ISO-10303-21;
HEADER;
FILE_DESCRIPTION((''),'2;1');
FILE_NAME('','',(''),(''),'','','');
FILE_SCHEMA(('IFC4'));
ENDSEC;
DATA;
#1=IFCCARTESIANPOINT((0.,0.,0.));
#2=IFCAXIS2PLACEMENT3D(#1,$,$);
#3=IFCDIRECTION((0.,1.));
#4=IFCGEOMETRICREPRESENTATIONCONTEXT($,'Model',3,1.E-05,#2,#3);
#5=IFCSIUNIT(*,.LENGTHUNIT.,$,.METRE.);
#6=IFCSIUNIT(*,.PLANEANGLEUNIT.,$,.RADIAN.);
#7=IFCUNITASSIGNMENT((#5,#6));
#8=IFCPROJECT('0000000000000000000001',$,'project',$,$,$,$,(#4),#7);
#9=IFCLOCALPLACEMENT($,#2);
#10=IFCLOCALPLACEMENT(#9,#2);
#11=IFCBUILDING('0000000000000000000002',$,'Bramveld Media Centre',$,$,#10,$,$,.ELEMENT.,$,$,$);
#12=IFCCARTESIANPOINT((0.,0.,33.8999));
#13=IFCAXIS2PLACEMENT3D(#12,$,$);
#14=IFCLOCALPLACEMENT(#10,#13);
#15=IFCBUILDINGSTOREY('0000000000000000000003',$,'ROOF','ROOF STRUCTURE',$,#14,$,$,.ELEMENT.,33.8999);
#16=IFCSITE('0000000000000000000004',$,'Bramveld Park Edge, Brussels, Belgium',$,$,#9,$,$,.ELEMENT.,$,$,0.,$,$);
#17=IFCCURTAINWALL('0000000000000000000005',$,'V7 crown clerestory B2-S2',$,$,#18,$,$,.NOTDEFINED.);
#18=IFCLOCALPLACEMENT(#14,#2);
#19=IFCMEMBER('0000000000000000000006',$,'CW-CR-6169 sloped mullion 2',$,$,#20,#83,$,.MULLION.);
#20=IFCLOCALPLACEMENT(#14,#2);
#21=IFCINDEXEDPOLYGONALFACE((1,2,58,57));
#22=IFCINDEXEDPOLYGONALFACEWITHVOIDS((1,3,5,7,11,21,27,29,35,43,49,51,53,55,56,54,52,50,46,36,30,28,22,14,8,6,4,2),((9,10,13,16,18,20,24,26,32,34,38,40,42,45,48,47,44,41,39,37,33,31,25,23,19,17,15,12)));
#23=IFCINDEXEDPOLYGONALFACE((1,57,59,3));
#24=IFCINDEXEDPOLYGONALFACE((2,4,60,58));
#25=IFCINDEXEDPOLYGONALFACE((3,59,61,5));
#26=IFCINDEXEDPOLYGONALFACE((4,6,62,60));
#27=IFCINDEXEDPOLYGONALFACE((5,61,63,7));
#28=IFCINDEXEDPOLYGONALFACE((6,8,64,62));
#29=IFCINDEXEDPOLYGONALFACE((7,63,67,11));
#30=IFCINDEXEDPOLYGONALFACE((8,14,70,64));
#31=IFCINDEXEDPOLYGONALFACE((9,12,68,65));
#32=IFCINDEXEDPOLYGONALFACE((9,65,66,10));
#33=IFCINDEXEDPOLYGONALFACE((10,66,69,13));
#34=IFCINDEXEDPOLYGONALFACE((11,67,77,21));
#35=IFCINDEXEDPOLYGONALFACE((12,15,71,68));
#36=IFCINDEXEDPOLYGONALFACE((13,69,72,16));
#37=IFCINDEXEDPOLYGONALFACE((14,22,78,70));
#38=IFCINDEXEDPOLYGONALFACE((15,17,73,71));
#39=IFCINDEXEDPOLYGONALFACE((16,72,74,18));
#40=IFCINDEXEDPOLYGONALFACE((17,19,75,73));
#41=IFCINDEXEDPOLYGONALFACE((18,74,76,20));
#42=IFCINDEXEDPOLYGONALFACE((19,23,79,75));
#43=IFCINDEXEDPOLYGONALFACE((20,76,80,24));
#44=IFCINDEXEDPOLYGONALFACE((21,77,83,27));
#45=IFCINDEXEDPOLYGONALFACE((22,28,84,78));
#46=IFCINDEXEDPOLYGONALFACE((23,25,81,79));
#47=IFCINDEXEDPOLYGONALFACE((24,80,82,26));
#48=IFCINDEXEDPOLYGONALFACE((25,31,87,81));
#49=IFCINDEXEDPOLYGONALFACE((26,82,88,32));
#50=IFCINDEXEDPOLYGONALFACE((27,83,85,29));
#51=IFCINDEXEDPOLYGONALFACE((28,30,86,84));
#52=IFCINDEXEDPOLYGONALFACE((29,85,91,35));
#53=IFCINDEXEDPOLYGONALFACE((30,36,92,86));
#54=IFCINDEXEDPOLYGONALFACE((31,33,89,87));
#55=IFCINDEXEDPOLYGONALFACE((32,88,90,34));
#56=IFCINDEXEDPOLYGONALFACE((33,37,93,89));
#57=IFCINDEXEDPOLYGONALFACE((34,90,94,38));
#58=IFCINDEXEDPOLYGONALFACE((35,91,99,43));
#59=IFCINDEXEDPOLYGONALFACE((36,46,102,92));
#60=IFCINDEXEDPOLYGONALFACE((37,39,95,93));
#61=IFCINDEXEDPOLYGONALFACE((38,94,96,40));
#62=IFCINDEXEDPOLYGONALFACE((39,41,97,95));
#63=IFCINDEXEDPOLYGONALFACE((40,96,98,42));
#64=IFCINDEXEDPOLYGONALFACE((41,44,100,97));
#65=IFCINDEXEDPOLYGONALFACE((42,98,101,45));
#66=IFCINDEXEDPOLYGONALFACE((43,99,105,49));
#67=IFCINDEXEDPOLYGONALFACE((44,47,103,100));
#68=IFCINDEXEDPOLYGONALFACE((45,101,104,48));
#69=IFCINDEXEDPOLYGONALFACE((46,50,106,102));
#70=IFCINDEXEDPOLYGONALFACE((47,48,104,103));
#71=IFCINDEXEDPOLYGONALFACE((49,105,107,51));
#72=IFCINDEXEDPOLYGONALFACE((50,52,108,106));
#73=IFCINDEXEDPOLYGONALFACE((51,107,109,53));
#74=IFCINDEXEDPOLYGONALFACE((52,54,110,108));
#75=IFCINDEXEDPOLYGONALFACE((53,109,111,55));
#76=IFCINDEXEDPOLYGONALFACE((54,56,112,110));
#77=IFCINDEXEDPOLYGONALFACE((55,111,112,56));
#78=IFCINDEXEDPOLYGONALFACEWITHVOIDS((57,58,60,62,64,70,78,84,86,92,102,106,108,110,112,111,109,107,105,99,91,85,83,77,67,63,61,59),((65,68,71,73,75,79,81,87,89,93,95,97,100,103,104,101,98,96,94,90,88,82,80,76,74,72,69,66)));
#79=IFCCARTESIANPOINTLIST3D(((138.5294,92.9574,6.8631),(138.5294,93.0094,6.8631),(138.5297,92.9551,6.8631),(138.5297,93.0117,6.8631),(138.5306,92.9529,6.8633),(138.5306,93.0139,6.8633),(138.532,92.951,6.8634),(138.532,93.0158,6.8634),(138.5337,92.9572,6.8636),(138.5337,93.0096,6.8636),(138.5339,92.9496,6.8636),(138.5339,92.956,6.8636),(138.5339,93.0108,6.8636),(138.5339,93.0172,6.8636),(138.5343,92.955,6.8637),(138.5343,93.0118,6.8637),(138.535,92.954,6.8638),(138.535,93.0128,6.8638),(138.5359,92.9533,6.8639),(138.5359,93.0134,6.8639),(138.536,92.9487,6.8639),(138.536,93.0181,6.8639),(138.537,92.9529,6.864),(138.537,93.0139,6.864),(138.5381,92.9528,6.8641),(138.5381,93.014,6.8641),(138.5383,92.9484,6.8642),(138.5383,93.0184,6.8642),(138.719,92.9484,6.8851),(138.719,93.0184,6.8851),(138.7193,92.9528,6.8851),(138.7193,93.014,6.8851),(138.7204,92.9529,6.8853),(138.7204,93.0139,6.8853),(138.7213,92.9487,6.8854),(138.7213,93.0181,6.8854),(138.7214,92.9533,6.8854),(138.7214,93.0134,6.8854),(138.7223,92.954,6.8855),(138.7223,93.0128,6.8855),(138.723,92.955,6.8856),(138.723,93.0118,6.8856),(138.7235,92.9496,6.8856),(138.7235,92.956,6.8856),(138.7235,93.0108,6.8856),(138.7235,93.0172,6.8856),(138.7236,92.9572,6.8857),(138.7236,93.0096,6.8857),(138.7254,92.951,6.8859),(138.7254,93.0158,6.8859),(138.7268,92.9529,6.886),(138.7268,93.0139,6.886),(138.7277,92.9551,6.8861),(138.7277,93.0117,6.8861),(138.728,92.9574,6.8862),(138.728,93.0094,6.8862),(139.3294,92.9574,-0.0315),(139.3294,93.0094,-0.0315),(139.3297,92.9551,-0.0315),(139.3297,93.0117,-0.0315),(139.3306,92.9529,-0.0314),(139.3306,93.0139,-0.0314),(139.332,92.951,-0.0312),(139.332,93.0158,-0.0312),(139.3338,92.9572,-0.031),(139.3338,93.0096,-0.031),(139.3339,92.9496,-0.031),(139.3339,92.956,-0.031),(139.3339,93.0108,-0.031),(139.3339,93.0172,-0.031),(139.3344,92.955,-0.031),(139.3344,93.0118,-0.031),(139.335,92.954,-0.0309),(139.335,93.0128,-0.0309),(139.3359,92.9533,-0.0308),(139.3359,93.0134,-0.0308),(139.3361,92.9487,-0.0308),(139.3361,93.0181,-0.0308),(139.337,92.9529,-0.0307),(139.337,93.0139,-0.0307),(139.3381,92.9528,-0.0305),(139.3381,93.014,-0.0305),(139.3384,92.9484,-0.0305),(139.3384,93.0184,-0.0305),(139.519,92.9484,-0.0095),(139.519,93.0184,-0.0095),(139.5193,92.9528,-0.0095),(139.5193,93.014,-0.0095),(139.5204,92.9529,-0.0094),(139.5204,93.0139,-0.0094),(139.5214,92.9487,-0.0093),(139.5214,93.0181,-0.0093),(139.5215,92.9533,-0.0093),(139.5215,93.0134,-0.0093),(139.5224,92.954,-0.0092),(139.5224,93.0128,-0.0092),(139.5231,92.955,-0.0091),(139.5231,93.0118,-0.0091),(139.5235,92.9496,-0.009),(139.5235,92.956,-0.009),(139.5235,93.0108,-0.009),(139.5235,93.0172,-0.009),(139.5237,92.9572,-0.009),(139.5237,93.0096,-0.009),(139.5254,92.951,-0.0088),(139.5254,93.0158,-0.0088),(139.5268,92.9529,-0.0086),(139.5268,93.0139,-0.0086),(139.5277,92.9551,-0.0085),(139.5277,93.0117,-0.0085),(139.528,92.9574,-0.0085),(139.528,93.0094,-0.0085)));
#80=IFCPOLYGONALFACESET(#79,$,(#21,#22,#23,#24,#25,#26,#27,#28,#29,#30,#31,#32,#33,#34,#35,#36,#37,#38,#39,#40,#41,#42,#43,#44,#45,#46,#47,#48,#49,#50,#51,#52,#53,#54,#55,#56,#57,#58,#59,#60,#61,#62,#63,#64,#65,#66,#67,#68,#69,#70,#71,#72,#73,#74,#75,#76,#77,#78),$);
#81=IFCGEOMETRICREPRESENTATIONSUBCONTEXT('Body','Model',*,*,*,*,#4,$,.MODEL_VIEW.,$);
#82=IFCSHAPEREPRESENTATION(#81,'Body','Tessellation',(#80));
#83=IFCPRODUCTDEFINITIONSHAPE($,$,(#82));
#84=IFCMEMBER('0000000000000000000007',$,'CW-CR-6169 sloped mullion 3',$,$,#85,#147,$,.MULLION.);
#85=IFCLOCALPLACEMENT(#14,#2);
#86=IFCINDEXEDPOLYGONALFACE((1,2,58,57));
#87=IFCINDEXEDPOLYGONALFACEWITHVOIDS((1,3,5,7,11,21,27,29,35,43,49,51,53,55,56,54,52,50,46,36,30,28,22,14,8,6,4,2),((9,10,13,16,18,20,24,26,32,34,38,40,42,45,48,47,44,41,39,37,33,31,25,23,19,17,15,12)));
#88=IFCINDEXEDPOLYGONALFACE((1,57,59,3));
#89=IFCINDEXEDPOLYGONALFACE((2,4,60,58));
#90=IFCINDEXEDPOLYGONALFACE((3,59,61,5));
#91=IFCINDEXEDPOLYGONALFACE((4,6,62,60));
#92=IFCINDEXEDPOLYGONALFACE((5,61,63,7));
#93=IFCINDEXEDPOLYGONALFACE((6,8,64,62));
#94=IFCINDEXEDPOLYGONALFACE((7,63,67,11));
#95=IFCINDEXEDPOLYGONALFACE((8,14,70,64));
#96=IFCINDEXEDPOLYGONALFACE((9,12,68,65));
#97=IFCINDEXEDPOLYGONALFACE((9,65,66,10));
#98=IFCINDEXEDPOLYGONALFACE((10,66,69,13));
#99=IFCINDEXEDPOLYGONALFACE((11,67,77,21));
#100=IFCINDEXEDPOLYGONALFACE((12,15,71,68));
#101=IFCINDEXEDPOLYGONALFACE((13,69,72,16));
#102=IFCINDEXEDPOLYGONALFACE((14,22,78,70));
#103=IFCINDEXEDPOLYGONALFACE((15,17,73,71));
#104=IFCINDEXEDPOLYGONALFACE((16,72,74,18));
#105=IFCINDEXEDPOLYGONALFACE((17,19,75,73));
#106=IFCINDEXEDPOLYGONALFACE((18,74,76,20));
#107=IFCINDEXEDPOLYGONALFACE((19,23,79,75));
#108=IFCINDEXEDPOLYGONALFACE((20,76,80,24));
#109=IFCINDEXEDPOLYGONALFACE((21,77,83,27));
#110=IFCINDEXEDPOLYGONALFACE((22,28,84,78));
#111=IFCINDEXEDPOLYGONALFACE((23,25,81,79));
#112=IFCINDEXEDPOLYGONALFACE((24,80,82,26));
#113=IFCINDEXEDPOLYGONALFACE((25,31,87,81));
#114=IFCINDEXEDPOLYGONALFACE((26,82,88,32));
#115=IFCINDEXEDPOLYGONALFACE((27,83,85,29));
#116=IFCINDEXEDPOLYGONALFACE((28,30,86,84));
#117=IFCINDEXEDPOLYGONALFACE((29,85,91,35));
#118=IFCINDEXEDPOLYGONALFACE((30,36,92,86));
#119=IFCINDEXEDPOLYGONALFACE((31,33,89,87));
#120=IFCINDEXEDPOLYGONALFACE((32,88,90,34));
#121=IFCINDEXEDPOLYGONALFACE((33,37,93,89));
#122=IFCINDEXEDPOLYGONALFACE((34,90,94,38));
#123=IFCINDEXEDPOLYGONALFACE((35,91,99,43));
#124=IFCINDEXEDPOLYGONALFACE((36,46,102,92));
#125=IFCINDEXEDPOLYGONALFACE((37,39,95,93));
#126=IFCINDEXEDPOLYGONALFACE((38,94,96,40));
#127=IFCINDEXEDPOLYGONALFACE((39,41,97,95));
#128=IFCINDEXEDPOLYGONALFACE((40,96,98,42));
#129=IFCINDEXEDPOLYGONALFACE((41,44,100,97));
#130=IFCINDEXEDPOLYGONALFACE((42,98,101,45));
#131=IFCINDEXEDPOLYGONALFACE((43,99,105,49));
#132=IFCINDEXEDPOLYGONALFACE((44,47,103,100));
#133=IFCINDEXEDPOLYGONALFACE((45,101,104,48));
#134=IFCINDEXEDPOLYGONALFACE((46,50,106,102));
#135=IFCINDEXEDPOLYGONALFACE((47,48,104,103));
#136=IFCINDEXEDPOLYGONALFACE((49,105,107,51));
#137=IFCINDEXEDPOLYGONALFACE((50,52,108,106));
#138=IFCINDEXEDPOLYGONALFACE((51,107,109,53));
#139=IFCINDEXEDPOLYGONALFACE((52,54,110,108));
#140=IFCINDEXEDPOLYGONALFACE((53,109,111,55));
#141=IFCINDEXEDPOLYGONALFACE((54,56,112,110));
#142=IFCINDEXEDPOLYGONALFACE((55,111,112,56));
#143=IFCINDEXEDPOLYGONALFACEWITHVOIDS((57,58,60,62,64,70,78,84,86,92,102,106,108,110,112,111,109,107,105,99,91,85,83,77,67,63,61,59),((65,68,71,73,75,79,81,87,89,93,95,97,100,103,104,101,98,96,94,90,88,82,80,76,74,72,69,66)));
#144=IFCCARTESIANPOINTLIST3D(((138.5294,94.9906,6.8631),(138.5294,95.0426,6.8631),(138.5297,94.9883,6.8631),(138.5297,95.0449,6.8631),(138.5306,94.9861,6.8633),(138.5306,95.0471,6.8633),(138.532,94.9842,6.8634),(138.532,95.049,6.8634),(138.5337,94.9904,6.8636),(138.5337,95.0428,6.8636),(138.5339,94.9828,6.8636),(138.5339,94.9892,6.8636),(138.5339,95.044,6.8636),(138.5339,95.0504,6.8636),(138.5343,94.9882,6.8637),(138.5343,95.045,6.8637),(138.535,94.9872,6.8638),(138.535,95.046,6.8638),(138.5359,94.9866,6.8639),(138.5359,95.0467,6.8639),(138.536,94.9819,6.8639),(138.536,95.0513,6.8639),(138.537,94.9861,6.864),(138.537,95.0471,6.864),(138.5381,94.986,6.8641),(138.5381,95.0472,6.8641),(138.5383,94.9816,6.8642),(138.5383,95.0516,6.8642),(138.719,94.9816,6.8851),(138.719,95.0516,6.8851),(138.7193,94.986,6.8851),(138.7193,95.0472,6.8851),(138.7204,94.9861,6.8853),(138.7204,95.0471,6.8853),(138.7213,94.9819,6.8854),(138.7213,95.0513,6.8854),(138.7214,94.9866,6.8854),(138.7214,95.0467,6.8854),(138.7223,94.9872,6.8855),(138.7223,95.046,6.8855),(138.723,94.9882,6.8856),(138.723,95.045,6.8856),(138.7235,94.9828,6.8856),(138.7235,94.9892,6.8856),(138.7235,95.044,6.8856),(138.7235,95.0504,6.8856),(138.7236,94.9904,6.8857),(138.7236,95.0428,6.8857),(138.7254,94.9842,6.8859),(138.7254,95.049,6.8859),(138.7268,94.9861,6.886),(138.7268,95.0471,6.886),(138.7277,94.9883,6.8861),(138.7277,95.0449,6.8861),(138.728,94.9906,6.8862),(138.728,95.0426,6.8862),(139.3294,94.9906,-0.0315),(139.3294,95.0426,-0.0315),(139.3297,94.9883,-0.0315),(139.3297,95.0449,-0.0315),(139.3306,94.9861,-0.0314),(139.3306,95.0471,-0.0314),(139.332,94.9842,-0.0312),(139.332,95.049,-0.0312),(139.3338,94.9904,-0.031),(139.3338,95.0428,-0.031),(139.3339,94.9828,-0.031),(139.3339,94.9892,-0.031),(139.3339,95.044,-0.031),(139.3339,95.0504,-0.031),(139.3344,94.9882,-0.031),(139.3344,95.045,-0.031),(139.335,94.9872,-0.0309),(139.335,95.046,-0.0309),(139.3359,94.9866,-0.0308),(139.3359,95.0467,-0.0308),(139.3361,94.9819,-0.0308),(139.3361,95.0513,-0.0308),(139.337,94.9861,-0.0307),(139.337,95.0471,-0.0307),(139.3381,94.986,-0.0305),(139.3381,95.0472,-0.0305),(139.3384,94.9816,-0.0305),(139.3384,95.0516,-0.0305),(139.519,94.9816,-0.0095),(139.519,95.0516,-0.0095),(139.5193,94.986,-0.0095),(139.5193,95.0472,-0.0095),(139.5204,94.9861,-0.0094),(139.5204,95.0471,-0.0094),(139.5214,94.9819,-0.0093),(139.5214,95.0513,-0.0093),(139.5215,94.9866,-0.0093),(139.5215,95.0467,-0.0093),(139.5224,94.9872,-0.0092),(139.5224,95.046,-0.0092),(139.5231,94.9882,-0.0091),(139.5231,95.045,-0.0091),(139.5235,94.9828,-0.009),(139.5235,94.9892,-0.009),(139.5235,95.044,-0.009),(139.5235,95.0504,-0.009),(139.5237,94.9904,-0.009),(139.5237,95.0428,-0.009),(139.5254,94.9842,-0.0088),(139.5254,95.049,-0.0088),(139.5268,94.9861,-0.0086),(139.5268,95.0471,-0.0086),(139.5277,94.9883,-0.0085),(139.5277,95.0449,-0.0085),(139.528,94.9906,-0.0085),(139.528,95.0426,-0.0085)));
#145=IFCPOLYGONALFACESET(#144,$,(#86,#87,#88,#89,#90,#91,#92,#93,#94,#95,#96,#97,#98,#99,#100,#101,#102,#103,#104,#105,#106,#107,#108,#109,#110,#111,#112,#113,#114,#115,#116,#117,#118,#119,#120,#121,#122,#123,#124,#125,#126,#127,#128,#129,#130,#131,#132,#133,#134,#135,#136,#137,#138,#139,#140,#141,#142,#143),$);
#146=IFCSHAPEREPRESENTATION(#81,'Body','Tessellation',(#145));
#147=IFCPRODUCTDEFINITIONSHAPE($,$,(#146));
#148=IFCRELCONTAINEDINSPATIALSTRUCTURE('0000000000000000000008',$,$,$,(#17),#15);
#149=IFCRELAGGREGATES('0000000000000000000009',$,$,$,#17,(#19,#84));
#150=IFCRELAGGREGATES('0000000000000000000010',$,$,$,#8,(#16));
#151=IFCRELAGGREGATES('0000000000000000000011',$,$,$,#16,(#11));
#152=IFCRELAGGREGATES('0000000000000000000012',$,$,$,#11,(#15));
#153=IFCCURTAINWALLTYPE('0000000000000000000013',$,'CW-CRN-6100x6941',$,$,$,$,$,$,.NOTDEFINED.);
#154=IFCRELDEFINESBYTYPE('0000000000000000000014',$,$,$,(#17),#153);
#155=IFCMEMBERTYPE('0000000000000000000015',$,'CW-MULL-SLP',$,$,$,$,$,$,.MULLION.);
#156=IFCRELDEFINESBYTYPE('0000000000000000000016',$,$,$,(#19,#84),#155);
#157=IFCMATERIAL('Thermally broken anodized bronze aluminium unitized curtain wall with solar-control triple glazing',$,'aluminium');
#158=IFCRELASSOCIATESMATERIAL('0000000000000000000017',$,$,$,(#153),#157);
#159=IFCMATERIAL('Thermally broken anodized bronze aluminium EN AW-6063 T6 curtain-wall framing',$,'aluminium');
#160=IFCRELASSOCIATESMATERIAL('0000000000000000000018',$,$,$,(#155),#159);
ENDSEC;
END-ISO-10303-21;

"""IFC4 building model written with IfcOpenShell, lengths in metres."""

from ifc_helpers import new_model, si_unit, direction, frame, origin, origin_2d, place, context, subcontext, project, spatial, hollow_rectangle, extrude, material, material_profile, profile_set, type_object, element, aggregate, save


model = new_model("IFC4")

# Units and contexts
model_context = context("Model", 3, precision=1e-05, world=origin(), true_north=direction((0.0, 1.0)))
body_context = subcontext(model_context, "Body", "Model", "MODEL_VIEW")
ifc_project = project(units=[si_unit("LENGTHUNIT", "METRE"), si_unit("PLANEANGLEUNIT", "RADIAN")], contexts=[model_context])

# Site, building, storey
site_placement = place(None, origin())
site = spatial("IfcSite", under=ifc_project, at=site_placement, Name="Bramveld Park Edge, Brussels, Belgium", CompositionType="ELEMENT", RefElevation=0.0)
building_placement = place(site_placement, origin())
building = spatial("IfcBuilding", under=site, at=building_placement, Name="Bramveld Media Centre", CompositionType="ELEMENT")
storey_placement = place(building_placement, frame((0.0, 0.0, 33.8999)))
storey = spatial("IfcBuildingStorey", under=building, at=storey_placement, Name="ROOF", Description="ROOF STRUCTURE", CompositionType="ELEMENT", Elevation=33.8999)

# Curtain wall, members
ifc_material_1 = material(Name="Thermally broken anodized bronze aluminium unitized curtain wall with solar-control triple glazing", Category="aluminium")
curtain_wall_type = type_object("IfcCurtainWallType", Name="CW-CRN-6100x6941", PredefinedType="NOTDEFINED", material=ifc_material_1)
curtain_wall_1_placement = place(storey_placement, origin())
curtain_wall_1 = element("IfcCurtainWall", 1, at=curtain_wall_1_placement, inside=storey, type_object=curtain_wall_type, Name="V7 crown clerestory B2-S2", PredefinedType="NOTDEFINED")
ifc_material_2 = material(Name="Thermally broken anodized bronze aluminium EN AW-6063 T6 curtain-wall framing", Category="aluminium")
ifc_material_profile_1 = material_profile(ifc_material_2, hollow_rectangle(XDim=0.0701, YDim=0.2, WallThickness=0.0044, InnerFilletRadius=0.0044, OuterFilletRadius=0.009, at=origin_2d()), Name="AL-MULL 70x200")
ifc_profile_set_1 = profile_set([ifc_material_profile_1], Name="Thermally broken anodized bronze aluminium EN AW-6063 T6 curtain-wall framing")
member_type_1 = type_object("IfcMemberType", Name="CW-MULL-SLP", PredefinedType="MULLION", material=ifc_profile_set_1)
member_1_placement = place(storey_placement, frame((139.4287, 92.9834, -0.02), z_axis=(-0.115264, 0.0, 0.993335), x_axis=(0.0, -1.0, 0.0)))
member_1 = element("IfcMember", 2, at=member_1_placement, type_object=member_type_1, Name="CW-CR-6169 sloped mullion 2", PredefinedType="MULLION", context=body_context, shape_type="SweptSolid", body=[
    extrude(hollow_rectangle(XDim=0.0701, YDim=0.2, WallThickness=0.0044, InnerFilletRadius=0.0044, OuterFilletRadius=0.009, at=origin_2d()), origin(), (0.0, 0.0, 1.0), 6.9409),
])
member_2_placement = place(storey_placement, frame((139.4287, 95.0166, -0.02), z_axis=(-0.115264, 0.0, 0.993335), x_axis=(0.0, -1.0, 0.0)))
member_2 = element("IfcMember", 3, at=member_2_placement, type_object=member_type_1, Name="CW-CR-6169 sloped mullion 3", PredefinedType="MULLION", context=body_context, shape_type="SweptSolid", body=[
    extrude(hollow_rectangle(XDim=0.0701, YDim=0.2, WallThickness=0.0044, InnerFilletRadius=0.0044, OuterFilletRadius=0.009, at=origin_2d()), origin(), (0.0, 0.0, 1.0), 6.9409),
])

aggregate(curtain_wall_1, [member_1, member_2])

save(model, "model.ifc")
